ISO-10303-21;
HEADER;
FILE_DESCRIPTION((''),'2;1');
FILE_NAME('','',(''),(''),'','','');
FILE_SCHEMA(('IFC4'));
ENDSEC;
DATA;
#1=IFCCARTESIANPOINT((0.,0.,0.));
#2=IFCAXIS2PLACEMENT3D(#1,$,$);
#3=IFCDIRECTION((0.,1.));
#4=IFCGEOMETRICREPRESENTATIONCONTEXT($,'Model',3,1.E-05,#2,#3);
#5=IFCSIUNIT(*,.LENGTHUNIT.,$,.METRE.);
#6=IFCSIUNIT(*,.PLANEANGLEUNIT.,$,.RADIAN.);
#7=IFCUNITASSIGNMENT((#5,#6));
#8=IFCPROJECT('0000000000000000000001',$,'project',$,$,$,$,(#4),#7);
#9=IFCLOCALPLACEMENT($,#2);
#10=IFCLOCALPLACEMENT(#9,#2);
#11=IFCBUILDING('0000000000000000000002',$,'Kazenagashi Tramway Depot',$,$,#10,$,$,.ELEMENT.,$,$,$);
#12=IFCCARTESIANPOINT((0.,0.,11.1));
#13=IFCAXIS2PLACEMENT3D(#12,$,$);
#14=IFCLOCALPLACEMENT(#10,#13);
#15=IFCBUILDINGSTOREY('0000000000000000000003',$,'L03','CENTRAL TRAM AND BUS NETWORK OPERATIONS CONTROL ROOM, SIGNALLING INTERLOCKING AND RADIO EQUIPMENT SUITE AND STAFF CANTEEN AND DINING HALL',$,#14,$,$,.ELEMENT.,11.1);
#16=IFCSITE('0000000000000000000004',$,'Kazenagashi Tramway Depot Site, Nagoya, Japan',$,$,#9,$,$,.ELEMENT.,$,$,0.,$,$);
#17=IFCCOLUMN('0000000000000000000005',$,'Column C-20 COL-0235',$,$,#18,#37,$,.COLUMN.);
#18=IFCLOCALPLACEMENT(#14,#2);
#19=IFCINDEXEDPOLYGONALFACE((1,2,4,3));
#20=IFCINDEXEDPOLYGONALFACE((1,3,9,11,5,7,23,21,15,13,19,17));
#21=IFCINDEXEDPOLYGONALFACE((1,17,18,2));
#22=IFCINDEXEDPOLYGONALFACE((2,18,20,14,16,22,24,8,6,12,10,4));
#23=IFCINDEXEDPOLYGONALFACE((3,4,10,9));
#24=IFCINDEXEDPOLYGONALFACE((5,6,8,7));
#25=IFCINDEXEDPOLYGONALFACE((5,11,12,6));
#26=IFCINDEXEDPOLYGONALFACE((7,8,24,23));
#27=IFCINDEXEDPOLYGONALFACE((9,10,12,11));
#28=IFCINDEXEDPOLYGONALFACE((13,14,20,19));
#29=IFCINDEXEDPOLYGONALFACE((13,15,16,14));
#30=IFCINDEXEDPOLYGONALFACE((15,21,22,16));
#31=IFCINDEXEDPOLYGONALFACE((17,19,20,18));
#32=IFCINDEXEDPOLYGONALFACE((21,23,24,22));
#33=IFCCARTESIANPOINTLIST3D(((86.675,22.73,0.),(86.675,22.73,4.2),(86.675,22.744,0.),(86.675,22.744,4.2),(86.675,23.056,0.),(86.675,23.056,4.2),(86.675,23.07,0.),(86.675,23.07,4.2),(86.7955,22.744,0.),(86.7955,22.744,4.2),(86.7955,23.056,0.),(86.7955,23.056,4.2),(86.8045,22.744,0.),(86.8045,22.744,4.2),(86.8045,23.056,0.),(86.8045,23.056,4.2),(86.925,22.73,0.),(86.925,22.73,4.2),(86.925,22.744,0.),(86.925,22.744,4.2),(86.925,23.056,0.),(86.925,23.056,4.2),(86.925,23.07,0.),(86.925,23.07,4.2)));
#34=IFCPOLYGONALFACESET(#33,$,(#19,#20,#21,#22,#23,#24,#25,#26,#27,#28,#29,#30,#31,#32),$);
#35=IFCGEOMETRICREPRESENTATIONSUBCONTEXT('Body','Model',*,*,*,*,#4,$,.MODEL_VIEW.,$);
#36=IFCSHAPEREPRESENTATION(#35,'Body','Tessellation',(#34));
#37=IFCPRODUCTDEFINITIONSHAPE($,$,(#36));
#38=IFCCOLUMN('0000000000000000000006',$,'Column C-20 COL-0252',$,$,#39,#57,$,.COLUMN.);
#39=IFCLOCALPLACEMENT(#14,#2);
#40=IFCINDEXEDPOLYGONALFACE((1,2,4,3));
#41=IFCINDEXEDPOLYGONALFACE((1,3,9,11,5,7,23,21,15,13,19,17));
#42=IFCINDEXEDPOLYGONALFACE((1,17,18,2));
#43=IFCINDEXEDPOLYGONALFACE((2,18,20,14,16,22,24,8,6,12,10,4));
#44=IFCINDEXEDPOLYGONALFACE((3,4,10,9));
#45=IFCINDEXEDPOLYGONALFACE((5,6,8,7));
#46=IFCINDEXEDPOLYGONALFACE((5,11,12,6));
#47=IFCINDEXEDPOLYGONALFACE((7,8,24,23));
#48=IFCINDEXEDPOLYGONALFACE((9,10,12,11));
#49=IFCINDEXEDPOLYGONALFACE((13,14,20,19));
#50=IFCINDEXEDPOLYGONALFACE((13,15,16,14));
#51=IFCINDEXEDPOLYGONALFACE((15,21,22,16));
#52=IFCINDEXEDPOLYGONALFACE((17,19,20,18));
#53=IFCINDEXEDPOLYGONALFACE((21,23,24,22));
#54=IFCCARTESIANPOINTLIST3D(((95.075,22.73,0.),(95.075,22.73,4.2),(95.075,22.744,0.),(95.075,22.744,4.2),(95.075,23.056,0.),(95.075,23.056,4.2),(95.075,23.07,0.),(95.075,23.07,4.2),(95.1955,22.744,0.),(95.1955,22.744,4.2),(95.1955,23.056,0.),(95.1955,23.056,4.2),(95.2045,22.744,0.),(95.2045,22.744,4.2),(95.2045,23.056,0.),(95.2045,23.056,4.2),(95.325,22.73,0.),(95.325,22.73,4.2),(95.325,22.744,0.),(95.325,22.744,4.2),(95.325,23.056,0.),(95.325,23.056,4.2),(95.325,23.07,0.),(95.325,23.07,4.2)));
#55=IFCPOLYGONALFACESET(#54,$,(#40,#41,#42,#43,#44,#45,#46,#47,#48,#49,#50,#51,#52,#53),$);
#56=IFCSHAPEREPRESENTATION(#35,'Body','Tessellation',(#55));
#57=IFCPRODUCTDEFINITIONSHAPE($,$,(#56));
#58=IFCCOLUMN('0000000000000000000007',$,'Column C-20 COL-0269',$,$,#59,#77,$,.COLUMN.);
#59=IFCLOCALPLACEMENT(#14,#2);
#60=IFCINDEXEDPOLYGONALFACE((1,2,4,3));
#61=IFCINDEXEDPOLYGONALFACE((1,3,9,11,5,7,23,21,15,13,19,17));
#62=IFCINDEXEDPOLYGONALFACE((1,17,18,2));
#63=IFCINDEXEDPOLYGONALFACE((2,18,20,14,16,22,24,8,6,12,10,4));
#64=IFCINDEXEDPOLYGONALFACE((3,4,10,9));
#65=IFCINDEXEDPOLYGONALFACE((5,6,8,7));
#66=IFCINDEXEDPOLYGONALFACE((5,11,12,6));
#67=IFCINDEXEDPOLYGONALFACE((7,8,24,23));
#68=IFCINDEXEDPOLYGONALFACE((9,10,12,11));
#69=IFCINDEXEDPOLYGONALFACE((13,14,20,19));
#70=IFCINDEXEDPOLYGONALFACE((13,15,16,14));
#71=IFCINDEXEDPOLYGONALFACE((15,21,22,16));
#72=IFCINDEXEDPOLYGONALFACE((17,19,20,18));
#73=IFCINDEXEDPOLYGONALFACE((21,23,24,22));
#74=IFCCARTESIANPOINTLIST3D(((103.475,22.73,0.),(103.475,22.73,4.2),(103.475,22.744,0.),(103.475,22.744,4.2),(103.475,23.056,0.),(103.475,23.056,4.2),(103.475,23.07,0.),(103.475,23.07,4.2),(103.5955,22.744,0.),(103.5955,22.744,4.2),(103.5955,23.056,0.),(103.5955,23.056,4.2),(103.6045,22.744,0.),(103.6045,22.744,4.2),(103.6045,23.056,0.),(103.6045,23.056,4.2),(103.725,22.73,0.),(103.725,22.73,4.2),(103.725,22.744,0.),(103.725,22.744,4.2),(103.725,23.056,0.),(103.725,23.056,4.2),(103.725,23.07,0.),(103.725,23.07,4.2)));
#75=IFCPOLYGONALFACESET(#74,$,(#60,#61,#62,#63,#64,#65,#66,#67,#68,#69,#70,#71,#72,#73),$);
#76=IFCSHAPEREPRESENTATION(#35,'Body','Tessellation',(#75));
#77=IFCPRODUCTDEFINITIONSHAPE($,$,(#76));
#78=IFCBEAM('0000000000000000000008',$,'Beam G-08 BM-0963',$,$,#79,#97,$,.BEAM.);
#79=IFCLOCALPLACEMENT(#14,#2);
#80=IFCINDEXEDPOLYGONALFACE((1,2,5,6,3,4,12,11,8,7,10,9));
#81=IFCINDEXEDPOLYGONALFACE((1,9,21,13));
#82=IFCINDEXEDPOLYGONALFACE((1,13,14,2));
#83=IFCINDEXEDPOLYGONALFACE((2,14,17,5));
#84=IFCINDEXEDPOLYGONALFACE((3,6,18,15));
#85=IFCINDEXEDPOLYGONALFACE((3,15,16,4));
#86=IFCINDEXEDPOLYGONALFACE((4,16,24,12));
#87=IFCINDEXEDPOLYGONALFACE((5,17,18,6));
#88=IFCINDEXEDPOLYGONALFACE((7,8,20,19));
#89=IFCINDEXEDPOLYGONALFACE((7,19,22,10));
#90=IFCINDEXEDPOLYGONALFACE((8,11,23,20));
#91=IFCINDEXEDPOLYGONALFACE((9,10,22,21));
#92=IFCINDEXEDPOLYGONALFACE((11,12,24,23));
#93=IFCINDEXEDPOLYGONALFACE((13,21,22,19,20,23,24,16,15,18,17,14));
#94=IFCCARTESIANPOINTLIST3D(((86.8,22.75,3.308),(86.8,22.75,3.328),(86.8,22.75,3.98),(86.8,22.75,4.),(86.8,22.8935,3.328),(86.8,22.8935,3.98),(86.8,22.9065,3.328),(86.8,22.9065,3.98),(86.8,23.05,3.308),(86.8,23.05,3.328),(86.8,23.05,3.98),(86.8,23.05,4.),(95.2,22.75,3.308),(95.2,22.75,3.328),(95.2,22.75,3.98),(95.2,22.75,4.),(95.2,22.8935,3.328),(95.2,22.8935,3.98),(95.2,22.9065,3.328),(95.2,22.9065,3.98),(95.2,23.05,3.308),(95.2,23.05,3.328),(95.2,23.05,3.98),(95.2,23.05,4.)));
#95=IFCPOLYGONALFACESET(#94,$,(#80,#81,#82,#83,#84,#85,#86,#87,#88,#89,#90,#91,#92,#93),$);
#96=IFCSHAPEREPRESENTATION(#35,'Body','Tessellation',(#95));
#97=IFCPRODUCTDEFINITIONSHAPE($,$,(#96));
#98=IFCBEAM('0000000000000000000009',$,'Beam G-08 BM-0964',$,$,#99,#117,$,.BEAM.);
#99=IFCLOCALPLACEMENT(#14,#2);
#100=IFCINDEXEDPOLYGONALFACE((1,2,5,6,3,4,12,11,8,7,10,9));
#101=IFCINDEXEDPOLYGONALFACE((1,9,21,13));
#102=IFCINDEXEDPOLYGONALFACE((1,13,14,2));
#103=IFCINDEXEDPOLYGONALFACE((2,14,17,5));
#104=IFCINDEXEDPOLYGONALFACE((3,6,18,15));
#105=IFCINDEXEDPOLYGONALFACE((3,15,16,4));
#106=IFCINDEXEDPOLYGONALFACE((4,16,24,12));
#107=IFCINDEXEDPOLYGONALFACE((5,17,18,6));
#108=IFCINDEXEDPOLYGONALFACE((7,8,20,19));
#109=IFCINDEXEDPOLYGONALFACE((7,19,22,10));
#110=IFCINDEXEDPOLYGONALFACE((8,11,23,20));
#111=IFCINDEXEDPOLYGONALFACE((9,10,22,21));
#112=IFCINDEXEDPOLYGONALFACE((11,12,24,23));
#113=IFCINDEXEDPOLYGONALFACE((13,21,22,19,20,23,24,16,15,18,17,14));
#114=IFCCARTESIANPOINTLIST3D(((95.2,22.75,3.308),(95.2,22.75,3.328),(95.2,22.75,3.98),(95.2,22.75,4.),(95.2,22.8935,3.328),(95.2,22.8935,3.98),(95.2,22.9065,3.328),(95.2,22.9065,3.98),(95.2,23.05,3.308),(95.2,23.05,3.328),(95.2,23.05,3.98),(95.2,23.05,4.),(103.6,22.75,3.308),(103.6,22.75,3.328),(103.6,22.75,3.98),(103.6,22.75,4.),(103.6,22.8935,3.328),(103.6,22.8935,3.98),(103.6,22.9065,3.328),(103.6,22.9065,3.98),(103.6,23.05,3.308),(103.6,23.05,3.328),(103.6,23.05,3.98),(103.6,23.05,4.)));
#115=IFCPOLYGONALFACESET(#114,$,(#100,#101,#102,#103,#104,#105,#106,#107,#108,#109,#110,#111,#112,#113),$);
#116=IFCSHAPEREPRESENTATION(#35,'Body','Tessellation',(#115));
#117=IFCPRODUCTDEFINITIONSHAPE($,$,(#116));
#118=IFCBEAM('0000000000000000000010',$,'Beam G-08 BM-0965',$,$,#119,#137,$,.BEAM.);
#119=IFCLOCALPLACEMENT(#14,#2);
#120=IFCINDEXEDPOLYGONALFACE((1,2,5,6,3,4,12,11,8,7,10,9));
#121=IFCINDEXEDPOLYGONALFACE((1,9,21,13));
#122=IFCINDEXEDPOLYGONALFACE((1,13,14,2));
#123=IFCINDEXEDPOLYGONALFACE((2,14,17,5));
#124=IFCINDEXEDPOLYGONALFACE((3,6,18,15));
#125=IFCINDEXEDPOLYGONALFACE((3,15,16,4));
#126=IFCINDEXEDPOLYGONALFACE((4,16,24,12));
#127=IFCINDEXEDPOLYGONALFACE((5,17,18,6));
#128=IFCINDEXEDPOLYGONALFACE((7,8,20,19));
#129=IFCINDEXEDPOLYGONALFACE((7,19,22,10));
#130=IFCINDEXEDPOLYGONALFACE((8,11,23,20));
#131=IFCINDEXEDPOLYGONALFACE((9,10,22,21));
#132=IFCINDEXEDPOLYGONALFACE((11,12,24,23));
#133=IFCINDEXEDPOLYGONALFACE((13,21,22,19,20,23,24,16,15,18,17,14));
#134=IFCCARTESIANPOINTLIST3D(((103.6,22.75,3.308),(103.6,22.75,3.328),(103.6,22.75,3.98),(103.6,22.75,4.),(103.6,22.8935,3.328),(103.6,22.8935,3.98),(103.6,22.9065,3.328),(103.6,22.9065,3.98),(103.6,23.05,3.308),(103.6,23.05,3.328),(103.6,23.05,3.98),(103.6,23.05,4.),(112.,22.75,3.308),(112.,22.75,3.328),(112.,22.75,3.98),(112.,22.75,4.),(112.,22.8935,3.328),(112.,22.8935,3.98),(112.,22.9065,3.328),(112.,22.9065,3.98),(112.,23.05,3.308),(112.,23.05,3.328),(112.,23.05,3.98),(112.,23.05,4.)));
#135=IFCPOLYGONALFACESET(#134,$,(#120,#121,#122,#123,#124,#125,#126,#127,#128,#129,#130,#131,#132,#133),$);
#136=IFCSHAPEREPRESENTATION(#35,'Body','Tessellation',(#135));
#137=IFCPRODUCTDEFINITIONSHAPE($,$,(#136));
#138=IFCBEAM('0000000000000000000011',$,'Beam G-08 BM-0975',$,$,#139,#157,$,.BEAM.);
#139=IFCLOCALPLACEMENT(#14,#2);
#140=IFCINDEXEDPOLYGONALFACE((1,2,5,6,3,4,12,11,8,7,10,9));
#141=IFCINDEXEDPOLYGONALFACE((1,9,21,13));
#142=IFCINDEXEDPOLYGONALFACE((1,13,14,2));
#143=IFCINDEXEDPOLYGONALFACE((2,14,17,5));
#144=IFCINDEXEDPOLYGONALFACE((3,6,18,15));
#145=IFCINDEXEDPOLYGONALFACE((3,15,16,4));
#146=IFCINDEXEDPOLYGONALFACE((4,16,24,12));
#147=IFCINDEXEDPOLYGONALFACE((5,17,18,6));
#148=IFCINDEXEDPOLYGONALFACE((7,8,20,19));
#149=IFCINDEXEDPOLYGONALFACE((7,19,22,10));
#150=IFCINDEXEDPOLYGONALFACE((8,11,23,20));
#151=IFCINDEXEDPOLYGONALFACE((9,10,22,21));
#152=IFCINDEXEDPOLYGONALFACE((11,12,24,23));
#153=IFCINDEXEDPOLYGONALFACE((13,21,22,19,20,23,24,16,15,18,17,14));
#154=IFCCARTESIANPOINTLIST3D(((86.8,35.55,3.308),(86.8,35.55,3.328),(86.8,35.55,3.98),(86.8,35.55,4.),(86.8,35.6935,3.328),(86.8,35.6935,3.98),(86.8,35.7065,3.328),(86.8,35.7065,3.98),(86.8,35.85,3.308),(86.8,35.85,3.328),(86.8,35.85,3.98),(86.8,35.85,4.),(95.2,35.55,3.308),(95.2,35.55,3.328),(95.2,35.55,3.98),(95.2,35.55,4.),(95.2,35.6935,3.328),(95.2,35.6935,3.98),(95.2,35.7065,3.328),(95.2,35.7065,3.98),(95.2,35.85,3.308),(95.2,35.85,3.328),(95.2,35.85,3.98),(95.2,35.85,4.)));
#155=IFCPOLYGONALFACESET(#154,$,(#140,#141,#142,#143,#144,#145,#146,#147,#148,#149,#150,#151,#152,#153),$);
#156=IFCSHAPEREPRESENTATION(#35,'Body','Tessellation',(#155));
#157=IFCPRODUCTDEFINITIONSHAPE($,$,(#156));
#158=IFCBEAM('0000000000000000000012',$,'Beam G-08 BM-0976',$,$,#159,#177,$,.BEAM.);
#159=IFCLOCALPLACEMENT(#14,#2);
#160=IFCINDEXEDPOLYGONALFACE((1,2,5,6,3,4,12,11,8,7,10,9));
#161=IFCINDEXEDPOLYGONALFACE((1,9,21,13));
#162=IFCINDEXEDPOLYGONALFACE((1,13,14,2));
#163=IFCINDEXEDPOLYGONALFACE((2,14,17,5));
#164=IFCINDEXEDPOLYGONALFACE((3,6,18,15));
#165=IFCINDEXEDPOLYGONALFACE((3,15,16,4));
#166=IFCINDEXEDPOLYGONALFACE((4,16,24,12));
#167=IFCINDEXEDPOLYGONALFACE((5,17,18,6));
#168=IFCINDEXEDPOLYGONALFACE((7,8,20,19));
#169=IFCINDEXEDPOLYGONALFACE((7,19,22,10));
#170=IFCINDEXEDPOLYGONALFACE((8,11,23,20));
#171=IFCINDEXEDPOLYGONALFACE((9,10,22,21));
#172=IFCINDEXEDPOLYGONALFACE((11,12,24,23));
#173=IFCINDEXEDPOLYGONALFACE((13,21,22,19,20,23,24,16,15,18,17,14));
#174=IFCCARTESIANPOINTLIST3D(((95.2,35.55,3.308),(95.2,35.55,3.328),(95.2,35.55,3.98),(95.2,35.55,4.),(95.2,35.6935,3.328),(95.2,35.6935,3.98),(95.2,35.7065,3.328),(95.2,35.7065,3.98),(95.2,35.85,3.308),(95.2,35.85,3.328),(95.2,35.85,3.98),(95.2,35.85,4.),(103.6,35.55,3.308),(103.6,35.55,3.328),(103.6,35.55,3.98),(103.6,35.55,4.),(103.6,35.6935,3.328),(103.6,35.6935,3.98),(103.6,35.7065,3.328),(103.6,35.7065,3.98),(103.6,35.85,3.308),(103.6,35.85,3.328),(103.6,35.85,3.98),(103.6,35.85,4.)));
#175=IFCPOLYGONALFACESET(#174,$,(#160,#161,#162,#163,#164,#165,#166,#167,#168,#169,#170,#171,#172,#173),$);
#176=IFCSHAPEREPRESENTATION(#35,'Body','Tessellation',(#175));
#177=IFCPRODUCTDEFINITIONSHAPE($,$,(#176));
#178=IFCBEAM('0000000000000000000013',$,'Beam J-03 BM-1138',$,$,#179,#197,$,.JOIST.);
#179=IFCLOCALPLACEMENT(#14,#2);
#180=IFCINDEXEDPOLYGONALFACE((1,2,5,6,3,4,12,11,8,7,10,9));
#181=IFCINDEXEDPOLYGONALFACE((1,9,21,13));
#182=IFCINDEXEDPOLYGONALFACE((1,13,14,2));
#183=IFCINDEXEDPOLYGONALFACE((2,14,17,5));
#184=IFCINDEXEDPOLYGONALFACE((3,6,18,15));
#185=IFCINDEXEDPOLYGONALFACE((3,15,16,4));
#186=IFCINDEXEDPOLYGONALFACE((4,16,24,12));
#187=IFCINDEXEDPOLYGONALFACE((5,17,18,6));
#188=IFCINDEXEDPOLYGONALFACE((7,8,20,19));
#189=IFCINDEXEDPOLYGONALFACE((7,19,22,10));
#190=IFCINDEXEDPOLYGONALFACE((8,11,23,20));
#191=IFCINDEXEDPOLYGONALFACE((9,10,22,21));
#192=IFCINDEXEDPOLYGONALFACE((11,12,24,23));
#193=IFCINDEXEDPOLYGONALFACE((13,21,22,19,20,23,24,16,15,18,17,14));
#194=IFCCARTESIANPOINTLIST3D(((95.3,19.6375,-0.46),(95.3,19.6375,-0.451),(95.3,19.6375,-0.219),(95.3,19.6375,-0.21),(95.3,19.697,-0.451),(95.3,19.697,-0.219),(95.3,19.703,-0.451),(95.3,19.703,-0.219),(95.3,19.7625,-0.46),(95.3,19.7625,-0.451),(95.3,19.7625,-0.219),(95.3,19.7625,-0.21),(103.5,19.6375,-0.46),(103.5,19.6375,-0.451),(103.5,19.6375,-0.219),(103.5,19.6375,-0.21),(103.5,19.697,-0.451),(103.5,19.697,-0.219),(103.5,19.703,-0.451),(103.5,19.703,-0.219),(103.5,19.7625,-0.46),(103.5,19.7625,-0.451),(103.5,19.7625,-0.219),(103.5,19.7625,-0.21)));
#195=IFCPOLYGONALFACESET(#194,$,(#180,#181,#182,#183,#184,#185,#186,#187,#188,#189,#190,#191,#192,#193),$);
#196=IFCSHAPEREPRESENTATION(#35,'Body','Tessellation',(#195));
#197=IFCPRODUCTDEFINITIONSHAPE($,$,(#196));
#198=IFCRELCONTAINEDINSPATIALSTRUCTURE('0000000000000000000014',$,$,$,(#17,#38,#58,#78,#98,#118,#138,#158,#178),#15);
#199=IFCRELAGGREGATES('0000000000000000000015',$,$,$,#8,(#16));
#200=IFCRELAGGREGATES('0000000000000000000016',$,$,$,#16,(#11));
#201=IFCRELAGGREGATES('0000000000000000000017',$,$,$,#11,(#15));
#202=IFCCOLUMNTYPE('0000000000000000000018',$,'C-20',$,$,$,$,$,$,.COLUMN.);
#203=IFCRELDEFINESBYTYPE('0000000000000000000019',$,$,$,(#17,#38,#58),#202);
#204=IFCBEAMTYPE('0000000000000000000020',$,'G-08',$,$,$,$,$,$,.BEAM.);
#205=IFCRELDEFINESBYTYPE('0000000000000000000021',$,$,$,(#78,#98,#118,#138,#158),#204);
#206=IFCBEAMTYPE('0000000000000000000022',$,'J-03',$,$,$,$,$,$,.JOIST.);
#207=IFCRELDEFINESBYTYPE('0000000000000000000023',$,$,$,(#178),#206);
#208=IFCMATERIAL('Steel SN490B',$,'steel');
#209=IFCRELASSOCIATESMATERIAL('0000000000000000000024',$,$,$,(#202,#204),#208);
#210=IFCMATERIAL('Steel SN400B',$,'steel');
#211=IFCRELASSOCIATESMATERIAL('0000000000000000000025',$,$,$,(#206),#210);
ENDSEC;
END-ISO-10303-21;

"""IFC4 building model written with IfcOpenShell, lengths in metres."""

from ifc_helpers import new_model, si_unit, direction, frame, origin, origin_2d, place, context, subcontext, project, spatial, i_section, extrude, material, material_profile, profile_set, type_object, element, save


model = new_model("IFC4")

# Units and contexts
model_context = context("Model", 3, precision=1e-05, world=origin(), true_north=direction((0.0, 1.0)))
body_context = subcontext(model_context, "Body", "Model", "MODEL_VIEW")
ifc_project = project(units=[si_unit("LENGTHUNIT", "METRE"), si_unit("PLANEANGLEUNIT", "RADIAN")], contexts=[model_context])

# Site, building, storey
site_placement = place(None, origin())
site = spatial("IfcSite", under=ifc_project, at=site_placement, Name="Kazenagashi Tramway Depot Site, Nagoya, Japan", CompositionType="ELEMENT", RefElevation=0.0)
building_placement = place(site_placement, origin())
building = spatial("IfcBuilding", under=site, at=building_placement, Name="Kazenagashi Tramway Depot", CompositionType="ELEMENT")
storey_placement = place(building_placement, frame((0.0, 0.0, 11.1)))
storey = spatial("IfcBuildingStorey", under=building, at=storey_placement, Name="L03", Description="CENTRAL TRAM AND BUS NETWORK OPERATIONS CONTROL ROOM, SIGNALLING INTERLOCKING AND RADIO EQUIPMENT SUITE AND STAFF CANTEEN AND DINING HALL", CompositionType="ELEMENT", Elevation=11.1)

# Columns
ifc_material_1 = material(Name="Steel SN490B", Category="steel")
ifc_material_profile_1 = material_profile(ifc_material_1, i_section(OverallWidth=0.25, OverallDepth=0.34, WebThickness=0.009, FlangeThickness=0.014, at=origin_2d()), Name="H-340x250x9x14")
ifc_profile_set_1 = profile_set([ifc_material_profile_1], Name="Steel SN490B")
column_type = type_object("IfcColumnType", Name="C-20", PredefinedType="COLUMN", material=ifc_profile_set_1)
for number, where, z_axis, x_axis, name in (
    (1, (86.8, 22.9, 0.0), (0.0, 0.0, 1.0), (1.0, 0.0, 0.0), "Column C-20 COL-0235"),
    (2, (95.2, 22.9, 0.0), (0.0, 0.0, 1.0), (1.0, 0.0, 0.0), "Column C-20 COL-0252"),
    (3, (103.6, 22.9, 0.0), (0.0, 0.0, 1.0), (1.0, 0.0, 0.0), "Column C-20 COL-0269"),
):
    element("IfcColumn", number, at=place(storey_placement, frame(where, z_axis=z_axis, x_axis=x_axis)), inside=storey, type_object=column_type, Name=name, PredefinedType="COLUMN", context=body_context, shape_type="SweptSolid", body=[
        extrude(i_section(OverallWidth=0.25, OverallDepth=0.34, WebThickness=0.009, FlangeThickness=0.014, at=origin_2d()), origin(), (0.0, 0.0, 1.0), 4.2),
    ])

# Beams
ifc_material_profile_2 = material_profile(ifc_material_1, i_section(OverallWidth=0.3, OverallDepth=0.692, WebThickness=0.013, FlangeThickness=0.02, at=origin_2d()), Name="H-692x300x13x20")
ifc_profile_set_2 = profile_set([ifc_material_profile_2], Name="Steel SN490B")
beam_type_1 = type_object("IfcBeamType", Name="G-08", PredefinedType="BEAM", material=ifc_profile_set_2)
for number, where, z_axis, x_axis, name in (
    (4, (86.8, 22.9, 3.654), (1.0, 0.0, 0.0), (0.0, 1.0, 0.0), "Beam G-08 BM-0963"),
    (5, (95.2, 22.9, 3.654), (1.0, 0.0, 0.0), (0.0, 1.0, 0.0), "Beam G-08 BM-0964"),
    (6, (103.6, 22.9, 3.654), (1.0, 0.0, 0.0), (0.0, 1.0, 0.0), "Beam G-08 BM-0965"),
    (7, (86.8, 35.7, 3.654), (1.0, 0.0, 0.0), (0.0, 1.0, 0.0), "Beam G-08 BM-0975"),
    (8, (95.2, 35.7, 3.654), (1.0, 0.0, 0.0), (0.0, 1.0, 0.0), "Beam G-08 BM-0976"),
):
    element("IfcBeam", number, at=place(storey_placement, frame(where, z_axis=z_axis, x_axis=x_axis)), inside=storey, type_object=beam_type_1, Name=name, PredefinedType="BEAM", context=body_context, shape_type="SweptSolid", body=[
        extrude(i_section(OverallWidth=0.3, OverallDepth=0.692, WebThickness=0.013, FlangeThickness=0.02, at=origin_2d()), origin(), (0.0, 0.0, 1.0), 8.4),
    ])
ifc_material_2 = material(Name="Steel SN400B", Category="steel")
ifc_material_profile_3 = material_profile(ifc_material_2, i_section(OverallWidth=0.125, OverallDepth=0.25, WebThickness=0.006, FlangeThickness=0.009, at=origin_2d()), Name="H-250x125x6x9")
ifc_profile_set_3 = profile_set([ifc_material_profile_3], Name="Steel SN400B")
beam_type_2 = type_object("IfcBeamType", Name="J-03", PredefinedType="JOIST", material=ifc_profile_set_3)
beam_placement = place(storey_placement, frame((95.3, 19.7, -0.335), z_axis=(1.0, 0.0, 0.0), x_axis=(0.0, 1.0, 0.0)))
element("IfcBeam", 9, at=beam_placement, inside=storey, type_object=beam_type_2, Name="Beam J-03 BM-1138", PredefinedType="JOIST", context=body_context, shape_type="SweptSolid", body=[
    extrude(i_section(OverallWidth=0.125, OverallDepth=0.25, WebThickness=0.006, FlangeThickness=0.009, at=origin_2d()), origin(), (0.0, 0.0, 1.0), 8.2),
])

save(model, "model.ifc")
